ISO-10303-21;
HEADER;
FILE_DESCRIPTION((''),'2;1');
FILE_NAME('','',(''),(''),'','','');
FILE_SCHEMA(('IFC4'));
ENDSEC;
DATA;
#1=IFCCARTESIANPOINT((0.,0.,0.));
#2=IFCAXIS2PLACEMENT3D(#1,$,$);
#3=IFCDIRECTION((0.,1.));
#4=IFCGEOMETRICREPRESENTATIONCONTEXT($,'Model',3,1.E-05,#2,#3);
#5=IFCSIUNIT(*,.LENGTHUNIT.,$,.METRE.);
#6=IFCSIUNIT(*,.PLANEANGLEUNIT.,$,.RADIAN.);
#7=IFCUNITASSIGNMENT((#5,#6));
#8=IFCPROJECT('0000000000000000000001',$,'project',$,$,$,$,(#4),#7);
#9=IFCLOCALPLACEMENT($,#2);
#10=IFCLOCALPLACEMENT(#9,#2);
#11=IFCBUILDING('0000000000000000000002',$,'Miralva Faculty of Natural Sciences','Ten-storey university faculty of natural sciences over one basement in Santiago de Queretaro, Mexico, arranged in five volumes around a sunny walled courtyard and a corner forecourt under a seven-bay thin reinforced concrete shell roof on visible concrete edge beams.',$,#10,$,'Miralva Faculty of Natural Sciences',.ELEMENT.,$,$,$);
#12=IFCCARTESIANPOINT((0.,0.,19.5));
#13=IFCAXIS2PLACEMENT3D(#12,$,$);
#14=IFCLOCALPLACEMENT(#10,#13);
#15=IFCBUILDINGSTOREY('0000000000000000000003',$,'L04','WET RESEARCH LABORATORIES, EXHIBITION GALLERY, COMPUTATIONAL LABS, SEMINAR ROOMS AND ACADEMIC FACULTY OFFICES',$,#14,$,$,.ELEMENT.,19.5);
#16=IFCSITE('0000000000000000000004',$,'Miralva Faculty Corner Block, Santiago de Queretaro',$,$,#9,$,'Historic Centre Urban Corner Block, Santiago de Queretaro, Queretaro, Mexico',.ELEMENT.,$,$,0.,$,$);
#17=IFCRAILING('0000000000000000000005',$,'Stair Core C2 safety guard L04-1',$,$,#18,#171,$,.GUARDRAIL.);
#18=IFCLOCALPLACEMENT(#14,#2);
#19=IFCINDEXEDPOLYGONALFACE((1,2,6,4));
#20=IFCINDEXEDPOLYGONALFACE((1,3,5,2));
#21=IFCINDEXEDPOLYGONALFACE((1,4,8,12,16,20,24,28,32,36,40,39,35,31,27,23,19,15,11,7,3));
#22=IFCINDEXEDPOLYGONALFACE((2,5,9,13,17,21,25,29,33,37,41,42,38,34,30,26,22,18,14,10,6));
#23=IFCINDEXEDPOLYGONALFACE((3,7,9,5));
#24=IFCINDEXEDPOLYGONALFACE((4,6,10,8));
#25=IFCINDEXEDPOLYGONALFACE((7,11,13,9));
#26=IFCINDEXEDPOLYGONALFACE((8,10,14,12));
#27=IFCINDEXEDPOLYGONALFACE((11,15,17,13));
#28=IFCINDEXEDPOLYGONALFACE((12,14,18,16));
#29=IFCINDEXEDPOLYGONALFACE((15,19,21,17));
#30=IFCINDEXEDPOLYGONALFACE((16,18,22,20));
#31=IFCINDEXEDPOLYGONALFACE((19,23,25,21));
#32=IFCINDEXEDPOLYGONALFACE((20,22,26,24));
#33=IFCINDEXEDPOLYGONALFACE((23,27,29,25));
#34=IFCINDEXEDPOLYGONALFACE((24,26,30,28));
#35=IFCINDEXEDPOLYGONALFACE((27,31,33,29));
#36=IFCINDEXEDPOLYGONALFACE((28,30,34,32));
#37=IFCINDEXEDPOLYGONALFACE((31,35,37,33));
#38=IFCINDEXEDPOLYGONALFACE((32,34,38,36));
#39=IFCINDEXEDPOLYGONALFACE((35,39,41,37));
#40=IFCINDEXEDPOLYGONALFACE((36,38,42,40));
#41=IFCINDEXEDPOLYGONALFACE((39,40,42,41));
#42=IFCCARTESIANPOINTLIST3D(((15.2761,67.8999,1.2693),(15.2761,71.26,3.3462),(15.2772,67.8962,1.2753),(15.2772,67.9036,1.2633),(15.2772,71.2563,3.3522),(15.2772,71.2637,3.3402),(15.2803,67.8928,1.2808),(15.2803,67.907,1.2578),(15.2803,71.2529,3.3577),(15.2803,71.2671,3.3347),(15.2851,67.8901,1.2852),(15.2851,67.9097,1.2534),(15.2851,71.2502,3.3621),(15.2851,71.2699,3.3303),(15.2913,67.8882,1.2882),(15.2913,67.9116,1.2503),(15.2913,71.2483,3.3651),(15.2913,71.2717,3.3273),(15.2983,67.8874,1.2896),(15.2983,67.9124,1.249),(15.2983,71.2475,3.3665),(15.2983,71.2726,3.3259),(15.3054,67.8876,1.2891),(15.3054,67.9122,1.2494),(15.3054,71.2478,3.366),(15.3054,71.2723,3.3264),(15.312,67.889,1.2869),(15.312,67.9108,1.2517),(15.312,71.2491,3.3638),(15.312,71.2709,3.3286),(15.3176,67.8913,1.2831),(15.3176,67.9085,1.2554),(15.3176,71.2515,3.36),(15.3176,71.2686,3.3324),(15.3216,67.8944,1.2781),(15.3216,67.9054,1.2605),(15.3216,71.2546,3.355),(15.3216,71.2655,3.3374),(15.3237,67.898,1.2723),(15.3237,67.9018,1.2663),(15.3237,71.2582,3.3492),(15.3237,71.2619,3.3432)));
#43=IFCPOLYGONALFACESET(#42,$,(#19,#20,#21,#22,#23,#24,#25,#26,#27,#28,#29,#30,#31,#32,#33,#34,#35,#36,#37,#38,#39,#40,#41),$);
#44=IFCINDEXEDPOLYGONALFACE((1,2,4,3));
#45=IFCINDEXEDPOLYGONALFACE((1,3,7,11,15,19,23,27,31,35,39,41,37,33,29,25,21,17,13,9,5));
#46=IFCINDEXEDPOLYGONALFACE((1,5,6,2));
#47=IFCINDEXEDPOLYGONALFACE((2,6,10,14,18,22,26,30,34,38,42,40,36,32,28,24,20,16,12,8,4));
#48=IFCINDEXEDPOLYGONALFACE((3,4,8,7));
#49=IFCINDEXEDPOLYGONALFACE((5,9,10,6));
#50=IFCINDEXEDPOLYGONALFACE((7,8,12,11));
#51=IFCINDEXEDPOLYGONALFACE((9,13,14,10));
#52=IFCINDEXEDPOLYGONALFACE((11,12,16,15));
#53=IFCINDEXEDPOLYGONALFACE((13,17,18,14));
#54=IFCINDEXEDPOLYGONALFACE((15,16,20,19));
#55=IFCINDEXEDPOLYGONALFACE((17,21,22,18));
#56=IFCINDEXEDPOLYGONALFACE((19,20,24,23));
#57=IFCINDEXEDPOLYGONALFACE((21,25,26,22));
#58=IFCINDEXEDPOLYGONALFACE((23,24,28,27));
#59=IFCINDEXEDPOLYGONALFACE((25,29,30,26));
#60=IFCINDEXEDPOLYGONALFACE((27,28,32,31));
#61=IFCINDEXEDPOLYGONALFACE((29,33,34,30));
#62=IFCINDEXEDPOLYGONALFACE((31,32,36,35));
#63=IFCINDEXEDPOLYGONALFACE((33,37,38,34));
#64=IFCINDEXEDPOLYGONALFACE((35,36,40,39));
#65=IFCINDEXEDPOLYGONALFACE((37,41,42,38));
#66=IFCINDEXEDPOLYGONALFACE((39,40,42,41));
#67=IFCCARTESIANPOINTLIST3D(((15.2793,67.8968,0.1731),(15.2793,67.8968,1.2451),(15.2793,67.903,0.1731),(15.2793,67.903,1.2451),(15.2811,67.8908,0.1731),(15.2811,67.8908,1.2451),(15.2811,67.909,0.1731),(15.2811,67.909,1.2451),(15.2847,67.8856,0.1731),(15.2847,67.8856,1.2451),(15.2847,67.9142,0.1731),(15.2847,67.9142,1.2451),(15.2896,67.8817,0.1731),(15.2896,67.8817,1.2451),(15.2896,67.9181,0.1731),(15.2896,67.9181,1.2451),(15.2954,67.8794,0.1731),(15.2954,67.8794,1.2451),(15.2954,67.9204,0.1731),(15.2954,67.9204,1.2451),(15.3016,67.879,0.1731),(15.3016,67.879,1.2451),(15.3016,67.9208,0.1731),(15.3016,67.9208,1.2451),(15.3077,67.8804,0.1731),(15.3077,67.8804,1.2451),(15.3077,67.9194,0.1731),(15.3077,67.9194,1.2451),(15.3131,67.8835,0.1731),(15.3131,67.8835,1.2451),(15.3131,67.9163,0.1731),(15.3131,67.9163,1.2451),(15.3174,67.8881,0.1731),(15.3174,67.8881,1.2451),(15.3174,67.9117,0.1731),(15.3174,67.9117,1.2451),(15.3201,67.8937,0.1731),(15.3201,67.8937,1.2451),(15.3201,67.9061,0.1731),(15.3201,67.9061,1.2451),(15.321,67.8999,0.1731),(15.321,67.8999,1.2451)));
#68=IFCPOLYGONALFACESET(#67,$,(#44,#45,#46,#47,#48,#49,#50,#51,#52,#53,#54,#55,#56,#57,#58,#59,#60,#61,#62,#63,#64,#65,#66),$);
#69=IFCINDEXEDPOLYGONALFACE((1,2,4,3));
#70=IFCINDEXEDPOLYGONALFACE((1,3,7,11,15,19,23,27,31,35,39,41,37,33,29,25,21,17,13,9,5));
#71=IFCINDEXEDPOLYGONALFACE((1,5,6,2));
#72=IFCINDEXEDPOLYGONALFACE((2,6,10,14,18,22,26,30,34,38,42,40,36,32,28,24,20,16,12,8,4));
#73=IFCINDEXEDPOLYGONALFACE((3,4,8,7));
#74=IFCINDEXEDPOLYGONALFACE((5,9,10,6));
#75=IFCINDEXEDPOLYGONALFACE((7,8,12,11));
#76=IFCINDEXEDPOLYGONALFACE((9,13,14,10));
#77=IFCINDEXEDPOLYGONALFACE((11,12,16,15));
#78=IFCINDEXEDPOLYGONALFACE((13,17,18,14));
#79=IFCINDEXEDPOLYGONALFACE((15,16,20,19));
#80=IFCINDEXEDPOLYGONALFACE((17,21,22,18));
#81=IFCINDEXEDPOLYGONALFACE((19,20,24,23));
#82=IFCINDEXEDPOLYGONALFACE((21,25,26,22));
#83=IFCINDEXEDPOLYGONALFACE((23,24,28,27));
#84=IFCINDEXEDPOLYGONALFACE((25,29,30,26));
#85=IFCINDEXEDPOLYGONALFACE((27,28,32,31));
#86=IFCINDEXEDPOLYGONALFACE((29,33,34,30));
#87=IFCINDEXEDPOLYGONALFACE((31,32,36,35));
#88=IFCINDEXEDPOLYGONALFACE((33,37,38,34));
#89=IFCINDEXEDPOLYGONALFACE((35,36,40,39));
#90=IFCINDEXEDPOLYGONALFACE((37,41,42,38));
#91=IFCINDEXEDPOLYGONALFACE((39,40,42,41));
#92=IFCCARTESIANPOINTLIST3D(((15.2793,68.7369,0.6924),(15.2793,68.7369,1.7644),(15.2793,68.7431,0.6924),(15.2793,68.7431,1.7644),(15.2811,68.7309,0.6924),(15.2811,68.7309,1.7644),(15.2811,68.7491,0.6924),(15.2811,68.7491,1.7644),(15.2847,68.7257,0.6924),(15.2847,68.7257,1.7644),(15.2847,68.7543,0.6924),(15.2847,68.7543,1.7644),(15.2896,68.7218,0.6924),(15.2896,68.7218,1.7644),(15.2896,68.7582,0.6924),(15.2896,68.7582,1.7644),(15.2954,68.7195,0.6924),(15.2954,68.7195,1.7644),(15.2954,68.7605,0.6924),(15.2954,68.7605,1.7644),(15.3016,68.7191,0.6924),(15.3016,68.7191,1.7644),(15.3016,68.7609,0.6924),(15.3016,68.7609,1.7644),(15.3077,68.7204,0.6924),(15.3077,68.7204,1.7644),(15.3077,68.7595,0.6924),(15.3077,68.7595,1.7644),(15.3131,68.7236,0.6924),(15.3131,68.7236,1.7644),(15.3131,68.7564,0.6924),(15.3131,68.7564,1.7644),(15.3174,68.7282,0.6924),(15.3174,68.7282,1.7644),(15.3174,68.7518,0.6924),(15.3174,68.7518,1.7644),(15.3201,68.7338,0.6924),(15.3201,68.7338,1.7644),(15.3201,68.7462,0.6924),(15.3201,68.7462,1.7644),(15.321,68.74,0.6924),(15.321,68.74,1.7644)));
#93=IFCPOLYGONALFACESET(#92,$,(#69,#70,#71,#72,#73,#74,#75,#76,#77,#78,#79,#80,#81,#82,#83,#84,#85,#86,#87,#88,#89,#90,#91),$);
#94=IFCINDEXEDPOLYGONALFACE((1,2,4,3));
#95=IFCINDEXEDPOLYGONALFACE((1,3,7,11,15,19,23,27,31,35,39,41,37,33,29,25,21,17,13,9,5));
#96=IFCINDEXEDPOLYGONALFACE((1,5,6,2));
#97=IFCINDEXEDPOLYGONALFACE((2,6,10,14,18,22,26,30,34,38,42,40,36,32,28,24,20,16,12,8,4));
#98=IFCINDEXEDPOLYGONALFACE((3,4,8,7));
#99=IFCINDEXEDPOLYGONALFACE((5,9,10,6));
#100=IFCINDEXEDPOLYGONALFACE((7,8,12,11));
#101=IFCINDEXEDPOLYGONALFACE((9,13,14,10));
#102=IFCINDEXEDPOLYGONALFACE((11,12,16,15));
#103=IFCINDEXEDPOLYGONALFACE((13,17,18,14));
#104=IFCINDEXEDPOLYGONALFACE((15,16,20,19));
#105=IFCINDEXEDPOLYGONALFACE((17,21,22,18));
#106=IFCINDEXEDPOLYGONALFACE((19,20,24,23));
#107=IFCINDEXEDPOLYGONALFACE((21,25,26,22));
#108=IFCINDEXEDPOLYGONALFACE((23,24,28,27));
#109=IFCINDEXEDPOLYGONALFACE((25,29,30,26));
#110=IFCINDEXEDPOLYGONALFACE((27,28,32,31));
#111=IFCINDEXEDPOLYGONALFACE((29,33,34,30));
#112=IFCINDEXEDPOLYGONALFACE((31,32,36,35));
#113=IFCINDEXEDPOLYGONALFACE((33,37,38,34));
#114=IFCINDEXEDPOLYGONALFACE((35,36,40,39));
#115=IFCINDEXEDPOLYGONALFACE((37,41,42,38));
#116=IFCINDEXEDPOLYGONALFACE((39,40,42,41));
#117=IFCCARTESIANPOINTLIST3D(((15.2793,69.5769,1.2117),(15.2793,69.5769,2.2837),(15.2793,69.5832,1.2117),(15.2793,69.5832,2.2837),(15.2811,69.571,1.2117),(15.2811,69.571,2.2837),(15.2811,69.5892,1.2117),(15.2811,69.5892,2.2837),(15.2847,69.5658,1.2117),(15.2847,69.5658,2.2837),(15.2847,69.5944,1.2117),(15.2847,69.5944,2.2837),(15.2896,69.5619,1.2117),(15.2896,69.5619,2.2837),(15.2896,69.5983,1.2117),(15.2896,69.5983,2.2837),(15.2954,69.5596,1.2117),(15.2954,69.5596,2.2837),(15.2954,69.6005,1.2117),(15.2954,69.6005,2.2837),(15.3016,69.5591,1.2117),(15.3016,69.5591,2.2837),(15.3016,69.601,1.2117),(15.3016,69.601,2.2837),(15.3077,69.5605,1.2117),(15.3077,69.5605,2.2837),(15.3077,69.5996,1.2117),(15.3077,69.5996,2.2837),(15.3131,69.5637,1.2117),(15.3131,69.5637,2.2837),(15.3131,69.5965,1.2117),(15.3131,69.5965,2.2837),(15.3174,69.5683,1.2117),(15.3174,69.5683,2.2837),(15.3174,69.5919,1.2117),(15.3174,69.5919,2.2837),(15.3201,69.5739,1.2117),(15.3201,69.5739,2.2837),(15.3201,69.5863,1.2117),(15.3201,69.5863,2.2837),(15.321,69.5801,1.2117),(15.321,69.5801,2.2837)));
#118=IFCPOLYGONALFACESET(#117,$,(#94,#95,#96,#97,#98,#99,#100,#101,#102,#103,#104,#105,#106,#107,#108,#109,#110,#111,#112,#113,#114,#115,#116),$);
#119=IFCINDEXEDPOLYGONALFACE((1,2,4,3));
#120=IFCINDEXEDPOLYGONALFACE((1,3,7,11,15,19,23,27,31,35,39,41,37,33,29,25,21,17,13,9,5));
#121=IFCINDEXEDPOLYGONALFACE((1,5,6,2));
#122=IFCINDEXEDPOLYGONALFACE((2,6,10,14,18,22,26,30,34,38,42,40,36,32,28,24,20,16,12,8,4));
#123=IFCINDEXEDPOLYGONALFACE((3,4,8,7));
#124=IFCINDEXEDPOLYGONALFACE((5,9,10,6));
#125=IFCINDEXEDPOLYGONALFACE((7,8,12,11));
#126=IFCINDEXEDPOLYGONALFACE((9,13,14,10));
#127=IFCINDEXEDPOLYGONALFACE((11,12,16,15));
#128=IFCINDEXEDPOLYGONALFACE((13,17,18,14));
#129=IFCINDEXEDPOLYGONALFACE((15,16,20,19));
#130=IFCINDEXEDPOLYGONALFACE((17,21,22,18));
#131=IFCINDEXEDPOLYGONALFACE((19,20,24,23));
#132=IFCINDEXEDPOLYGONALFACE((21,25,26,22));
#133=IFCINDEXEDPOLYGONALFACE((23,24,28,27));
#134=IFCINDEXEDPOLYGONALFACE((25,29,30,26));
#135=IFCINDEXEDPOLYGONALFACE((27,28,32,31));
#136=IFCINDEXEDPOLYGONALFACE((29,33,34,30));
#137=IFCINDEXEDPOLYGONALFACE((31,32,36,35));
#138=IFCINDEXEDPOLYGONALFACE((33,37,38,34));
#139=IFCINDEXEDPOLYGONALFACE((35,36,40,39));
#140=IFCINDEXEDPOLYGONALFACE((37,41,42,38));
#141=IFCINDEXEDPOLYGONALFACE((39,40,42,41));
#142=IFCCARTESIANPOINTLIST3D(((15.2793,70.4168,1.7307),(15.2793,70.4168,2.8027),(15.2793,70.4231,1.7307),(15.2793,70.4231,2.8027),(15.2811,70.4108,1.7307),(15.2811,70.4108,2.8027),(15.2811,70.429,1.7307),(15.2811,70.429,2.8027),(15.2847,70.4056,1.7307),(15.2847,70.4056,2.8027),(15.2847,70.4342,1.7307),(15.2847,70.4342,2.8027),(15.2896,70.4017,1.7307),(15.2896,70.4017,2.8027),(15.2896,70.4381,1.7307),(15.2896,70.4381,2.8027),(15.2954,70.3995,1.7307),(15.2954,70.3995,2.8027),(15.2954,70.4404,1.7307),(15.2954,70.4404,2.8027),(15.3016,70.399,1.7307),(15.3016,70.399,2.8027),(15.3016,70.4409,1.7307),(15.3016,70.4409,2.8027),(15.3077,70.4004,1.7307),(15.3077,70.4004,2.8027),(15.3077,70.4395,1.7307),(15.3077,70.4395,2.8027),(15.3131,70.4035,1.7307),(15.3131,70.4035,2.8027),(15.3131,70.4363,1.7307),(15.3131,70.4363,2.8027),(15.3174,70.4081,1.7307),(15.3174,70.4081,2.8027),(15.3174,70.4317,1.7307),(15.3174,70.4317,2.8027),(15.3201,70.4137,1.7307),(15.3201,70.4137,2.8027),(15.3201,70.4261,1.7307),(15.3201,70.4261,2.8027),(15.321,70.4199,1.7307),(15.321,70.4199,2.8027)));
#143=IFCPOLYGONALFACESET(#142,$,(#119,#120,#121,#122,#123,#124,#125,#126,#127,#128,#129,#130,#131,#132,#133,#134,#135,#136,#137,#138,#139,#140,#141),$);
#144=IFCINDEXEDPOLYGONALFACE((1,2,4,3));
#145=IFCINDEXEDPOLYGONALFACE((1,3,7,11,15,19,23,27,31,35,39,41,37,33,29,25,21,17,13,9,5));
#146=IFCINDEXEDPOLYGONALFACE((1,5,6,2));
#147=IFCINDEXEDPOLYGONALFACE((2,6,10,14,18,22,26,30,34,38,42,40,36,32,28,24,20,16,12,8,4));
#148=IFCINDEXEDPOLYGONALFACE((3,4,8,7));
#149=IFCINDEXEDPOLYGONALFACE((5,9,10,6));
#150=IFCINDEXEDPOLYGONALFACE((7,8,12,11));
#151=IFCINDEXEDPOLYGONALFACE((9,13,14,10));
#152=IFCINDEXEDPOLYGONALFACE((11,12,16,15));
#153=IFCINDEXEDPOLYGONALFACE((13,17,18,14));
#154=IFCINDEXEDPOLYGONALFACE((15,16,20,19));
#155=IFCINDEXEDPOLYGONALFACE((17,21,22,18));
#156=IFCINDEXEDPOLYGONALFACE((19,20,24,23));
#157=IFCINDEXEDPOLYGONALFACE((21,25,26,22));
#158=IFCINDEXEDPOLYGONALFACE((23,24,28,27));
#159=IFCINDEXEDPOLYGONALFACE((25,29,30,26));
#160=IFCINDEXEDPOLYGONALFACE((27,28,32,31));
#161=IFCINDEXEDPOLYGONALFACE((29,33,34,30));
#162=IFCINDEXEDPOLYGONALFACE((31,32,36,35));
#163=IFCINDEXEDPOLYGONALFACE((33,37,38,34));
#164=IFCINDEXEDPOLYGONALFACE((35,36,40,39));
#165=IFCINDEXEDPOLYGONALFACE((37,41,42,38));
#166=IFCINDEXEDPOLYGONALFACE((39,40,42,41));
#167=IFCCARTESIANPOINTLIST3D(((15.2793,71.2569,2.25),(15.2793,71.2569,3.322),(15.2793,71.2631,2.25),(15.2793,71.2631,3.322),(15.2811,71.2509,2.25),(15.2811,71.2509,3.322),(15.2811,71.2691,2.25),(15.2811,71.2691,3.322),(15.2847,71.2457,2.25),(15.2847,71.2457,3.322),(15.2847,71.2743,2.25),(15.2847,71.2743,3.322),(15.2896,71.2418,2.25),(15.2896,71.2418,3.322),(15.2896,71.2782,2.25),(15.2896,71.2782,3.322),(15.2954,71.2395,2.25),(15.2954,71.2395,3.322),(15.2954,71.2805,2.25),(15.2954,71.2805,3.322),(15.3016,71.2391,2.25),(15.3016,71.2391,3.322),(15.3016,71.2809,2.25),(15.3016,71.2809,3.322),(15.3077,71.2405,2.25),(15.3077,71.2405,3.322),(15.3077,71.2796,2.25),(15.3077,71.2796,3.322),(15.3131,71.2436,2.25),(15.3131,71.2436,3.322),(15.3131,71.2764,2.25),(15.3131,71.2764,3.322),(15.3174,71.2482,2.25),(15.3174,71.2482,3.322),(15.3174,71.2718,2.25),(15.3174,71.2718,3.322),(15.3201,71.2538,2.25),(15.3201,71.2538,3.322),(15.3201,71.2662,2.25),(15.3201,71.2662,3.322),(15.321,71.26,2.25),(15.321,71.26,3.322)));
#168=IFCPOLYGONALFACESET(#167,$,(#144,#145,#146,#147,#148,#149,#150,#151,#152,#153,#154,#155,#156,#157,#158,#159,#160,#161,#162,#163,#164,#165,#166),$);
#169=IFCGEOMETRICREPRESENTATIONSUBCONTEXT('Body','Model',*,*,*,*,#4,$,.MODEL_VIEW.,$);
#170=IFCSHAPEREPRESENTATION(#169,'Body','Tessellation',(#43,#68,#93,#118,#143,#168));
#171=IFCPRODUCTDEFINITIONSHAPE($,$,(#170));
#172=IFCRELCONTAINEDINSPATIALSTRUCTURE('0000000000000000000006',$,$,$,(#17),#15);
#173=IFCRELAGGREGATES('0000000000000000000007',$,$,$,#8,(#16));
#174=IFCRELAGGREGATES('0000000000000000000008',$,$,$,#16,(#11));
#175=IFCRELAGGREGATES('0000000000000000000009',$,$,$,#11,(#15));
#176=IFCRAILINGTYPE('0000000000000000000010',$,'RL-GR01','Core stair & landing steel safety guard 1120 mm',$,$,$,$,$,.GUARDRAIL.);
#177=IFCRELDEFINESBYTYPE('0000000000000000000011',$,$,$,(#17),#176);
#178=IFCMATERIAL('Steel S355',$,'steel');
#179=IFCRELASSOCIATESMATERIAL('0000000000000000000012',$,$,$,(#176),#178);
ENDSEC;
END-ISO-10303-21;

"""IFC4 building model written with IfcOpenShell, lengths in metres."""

from ifc_helpers import new_model, si_unit, direction, frame, origin, origin_2d, place, context, subcontext, project, spatial, circle, extrude, material, type_object, element, save


model = new_model("IFC4")

# Units and contexts
model_context = context("Model", 3, precision=1e-05, world=origin(), true_north=direction((0.0, 1.0)))
body_context = subcontext(model_context, "Body", "Model", "MODEL_VIEW")
ifc_project = project(units=[si_unit("LENGTHUNIT", "METRE"), si_unit("PLANEANGLEUNIT", "RADIAN")], contexts=[model_context])

# Site, building, storey
site_placement = place(None, origin())
site = spatial("IfcSite", under=ifc_project, at=site_placement, Name="Miralva Faculty Corner Block, Santiago de Queretaro", LongName="Historic Centre Urban Corner Block, Santiago de Queretaro, Queretaro, Mexico", CompositionType="ELEMENT", RefElevation=0.0)
building_placement = place(site_placement, origin())
building = spatial("IfcBuilding", under=site, at=building_placement, Name="Miralva Faculty of Natural Sciences", Description="Ten-storey university faculty of natural sciences over one basement in Santiago de Queretaro, Mexico, arranged in five volumes around a sunny walled courtyard and a corner forecourt under a seven-bay thin reinforced concrete shell roof on visible concrete edge beams.", LongName="Miralva Faculty of Natural Sciences", CompositionType="ELEMENT")
storey_placement = place(building_placement, frame((0.0, 0.0, 19.5)))
storey = spatial("IfcBuildingStorey", under=building, at=storey_placement, Name="L04", Description="WET RESEARCH LABORATORIES, EXHIBITION GALLERY, COMPUTATIONAL LABS, SEMINAR ROOMS AND ACADEMIC FACULTY OFFICES", CompositionType="ELEMENT", Elevation=19.5)

# Railing
ifc_material_1 = material(Name="Steel S355", Category="steel")
railing_type_1 = type_object("IfcRailingType", Name="RL-GR01", Description="Core stair & landing steel safety guard 1120 mm", PredefinedType="GUARDRAIL", material=ifc_material_1)
railing_1_placement = place(storey_placement, frame((15.3, 67.8999, 0.1731)))
element("IfcRailing", 1, at=railing_1_placement, inside=storey, type_object=railing_type_1, Name="Stair Core C2 safety guard L04-1", PredefinedType="GUARDRAIL", context=body_context, shape_type="SweptSolid", body=[
    extrude(circle(Radius=0.0239, at=origin_2d()), frame((0.0, 0.0, 1.0962), z_axis=(0.0, 0.850623, 0.525776), x_axis=(-1.0, 0.0, 0.0)), (0.0, 0.0, 1.0), 3.9502),
    extrude(circle(Radius=0.021, at=origin_2d()), origin(), (0.0, 0.0, 1.0), 1.072),
    extrude(circle(Radius=0.021, at=origin_2d()), frame((0.0, 0.8401, 0.5193)), (0.0, 0.0, 1.0), 1.072),
    extrude(circle(Radius=0.021, at=origin_2d()), frame((0.0, 1.6802, 1.0386)), (0.0, 0.0, 1.0), 1.072),
    extrude(circle(Radius=0.021, at=origin_2d()), frame((0.0, 2.52, 1.5576)), (0.0, 0.0, 1.0), 1.072),
    extrude(circle(Radius=0.021, at=origin_2d()), frame((0.0, 3.3601, 2.0769)), (0.0, 0.0, 1.0), 1.072),
])

save(model, "model.ifc")
